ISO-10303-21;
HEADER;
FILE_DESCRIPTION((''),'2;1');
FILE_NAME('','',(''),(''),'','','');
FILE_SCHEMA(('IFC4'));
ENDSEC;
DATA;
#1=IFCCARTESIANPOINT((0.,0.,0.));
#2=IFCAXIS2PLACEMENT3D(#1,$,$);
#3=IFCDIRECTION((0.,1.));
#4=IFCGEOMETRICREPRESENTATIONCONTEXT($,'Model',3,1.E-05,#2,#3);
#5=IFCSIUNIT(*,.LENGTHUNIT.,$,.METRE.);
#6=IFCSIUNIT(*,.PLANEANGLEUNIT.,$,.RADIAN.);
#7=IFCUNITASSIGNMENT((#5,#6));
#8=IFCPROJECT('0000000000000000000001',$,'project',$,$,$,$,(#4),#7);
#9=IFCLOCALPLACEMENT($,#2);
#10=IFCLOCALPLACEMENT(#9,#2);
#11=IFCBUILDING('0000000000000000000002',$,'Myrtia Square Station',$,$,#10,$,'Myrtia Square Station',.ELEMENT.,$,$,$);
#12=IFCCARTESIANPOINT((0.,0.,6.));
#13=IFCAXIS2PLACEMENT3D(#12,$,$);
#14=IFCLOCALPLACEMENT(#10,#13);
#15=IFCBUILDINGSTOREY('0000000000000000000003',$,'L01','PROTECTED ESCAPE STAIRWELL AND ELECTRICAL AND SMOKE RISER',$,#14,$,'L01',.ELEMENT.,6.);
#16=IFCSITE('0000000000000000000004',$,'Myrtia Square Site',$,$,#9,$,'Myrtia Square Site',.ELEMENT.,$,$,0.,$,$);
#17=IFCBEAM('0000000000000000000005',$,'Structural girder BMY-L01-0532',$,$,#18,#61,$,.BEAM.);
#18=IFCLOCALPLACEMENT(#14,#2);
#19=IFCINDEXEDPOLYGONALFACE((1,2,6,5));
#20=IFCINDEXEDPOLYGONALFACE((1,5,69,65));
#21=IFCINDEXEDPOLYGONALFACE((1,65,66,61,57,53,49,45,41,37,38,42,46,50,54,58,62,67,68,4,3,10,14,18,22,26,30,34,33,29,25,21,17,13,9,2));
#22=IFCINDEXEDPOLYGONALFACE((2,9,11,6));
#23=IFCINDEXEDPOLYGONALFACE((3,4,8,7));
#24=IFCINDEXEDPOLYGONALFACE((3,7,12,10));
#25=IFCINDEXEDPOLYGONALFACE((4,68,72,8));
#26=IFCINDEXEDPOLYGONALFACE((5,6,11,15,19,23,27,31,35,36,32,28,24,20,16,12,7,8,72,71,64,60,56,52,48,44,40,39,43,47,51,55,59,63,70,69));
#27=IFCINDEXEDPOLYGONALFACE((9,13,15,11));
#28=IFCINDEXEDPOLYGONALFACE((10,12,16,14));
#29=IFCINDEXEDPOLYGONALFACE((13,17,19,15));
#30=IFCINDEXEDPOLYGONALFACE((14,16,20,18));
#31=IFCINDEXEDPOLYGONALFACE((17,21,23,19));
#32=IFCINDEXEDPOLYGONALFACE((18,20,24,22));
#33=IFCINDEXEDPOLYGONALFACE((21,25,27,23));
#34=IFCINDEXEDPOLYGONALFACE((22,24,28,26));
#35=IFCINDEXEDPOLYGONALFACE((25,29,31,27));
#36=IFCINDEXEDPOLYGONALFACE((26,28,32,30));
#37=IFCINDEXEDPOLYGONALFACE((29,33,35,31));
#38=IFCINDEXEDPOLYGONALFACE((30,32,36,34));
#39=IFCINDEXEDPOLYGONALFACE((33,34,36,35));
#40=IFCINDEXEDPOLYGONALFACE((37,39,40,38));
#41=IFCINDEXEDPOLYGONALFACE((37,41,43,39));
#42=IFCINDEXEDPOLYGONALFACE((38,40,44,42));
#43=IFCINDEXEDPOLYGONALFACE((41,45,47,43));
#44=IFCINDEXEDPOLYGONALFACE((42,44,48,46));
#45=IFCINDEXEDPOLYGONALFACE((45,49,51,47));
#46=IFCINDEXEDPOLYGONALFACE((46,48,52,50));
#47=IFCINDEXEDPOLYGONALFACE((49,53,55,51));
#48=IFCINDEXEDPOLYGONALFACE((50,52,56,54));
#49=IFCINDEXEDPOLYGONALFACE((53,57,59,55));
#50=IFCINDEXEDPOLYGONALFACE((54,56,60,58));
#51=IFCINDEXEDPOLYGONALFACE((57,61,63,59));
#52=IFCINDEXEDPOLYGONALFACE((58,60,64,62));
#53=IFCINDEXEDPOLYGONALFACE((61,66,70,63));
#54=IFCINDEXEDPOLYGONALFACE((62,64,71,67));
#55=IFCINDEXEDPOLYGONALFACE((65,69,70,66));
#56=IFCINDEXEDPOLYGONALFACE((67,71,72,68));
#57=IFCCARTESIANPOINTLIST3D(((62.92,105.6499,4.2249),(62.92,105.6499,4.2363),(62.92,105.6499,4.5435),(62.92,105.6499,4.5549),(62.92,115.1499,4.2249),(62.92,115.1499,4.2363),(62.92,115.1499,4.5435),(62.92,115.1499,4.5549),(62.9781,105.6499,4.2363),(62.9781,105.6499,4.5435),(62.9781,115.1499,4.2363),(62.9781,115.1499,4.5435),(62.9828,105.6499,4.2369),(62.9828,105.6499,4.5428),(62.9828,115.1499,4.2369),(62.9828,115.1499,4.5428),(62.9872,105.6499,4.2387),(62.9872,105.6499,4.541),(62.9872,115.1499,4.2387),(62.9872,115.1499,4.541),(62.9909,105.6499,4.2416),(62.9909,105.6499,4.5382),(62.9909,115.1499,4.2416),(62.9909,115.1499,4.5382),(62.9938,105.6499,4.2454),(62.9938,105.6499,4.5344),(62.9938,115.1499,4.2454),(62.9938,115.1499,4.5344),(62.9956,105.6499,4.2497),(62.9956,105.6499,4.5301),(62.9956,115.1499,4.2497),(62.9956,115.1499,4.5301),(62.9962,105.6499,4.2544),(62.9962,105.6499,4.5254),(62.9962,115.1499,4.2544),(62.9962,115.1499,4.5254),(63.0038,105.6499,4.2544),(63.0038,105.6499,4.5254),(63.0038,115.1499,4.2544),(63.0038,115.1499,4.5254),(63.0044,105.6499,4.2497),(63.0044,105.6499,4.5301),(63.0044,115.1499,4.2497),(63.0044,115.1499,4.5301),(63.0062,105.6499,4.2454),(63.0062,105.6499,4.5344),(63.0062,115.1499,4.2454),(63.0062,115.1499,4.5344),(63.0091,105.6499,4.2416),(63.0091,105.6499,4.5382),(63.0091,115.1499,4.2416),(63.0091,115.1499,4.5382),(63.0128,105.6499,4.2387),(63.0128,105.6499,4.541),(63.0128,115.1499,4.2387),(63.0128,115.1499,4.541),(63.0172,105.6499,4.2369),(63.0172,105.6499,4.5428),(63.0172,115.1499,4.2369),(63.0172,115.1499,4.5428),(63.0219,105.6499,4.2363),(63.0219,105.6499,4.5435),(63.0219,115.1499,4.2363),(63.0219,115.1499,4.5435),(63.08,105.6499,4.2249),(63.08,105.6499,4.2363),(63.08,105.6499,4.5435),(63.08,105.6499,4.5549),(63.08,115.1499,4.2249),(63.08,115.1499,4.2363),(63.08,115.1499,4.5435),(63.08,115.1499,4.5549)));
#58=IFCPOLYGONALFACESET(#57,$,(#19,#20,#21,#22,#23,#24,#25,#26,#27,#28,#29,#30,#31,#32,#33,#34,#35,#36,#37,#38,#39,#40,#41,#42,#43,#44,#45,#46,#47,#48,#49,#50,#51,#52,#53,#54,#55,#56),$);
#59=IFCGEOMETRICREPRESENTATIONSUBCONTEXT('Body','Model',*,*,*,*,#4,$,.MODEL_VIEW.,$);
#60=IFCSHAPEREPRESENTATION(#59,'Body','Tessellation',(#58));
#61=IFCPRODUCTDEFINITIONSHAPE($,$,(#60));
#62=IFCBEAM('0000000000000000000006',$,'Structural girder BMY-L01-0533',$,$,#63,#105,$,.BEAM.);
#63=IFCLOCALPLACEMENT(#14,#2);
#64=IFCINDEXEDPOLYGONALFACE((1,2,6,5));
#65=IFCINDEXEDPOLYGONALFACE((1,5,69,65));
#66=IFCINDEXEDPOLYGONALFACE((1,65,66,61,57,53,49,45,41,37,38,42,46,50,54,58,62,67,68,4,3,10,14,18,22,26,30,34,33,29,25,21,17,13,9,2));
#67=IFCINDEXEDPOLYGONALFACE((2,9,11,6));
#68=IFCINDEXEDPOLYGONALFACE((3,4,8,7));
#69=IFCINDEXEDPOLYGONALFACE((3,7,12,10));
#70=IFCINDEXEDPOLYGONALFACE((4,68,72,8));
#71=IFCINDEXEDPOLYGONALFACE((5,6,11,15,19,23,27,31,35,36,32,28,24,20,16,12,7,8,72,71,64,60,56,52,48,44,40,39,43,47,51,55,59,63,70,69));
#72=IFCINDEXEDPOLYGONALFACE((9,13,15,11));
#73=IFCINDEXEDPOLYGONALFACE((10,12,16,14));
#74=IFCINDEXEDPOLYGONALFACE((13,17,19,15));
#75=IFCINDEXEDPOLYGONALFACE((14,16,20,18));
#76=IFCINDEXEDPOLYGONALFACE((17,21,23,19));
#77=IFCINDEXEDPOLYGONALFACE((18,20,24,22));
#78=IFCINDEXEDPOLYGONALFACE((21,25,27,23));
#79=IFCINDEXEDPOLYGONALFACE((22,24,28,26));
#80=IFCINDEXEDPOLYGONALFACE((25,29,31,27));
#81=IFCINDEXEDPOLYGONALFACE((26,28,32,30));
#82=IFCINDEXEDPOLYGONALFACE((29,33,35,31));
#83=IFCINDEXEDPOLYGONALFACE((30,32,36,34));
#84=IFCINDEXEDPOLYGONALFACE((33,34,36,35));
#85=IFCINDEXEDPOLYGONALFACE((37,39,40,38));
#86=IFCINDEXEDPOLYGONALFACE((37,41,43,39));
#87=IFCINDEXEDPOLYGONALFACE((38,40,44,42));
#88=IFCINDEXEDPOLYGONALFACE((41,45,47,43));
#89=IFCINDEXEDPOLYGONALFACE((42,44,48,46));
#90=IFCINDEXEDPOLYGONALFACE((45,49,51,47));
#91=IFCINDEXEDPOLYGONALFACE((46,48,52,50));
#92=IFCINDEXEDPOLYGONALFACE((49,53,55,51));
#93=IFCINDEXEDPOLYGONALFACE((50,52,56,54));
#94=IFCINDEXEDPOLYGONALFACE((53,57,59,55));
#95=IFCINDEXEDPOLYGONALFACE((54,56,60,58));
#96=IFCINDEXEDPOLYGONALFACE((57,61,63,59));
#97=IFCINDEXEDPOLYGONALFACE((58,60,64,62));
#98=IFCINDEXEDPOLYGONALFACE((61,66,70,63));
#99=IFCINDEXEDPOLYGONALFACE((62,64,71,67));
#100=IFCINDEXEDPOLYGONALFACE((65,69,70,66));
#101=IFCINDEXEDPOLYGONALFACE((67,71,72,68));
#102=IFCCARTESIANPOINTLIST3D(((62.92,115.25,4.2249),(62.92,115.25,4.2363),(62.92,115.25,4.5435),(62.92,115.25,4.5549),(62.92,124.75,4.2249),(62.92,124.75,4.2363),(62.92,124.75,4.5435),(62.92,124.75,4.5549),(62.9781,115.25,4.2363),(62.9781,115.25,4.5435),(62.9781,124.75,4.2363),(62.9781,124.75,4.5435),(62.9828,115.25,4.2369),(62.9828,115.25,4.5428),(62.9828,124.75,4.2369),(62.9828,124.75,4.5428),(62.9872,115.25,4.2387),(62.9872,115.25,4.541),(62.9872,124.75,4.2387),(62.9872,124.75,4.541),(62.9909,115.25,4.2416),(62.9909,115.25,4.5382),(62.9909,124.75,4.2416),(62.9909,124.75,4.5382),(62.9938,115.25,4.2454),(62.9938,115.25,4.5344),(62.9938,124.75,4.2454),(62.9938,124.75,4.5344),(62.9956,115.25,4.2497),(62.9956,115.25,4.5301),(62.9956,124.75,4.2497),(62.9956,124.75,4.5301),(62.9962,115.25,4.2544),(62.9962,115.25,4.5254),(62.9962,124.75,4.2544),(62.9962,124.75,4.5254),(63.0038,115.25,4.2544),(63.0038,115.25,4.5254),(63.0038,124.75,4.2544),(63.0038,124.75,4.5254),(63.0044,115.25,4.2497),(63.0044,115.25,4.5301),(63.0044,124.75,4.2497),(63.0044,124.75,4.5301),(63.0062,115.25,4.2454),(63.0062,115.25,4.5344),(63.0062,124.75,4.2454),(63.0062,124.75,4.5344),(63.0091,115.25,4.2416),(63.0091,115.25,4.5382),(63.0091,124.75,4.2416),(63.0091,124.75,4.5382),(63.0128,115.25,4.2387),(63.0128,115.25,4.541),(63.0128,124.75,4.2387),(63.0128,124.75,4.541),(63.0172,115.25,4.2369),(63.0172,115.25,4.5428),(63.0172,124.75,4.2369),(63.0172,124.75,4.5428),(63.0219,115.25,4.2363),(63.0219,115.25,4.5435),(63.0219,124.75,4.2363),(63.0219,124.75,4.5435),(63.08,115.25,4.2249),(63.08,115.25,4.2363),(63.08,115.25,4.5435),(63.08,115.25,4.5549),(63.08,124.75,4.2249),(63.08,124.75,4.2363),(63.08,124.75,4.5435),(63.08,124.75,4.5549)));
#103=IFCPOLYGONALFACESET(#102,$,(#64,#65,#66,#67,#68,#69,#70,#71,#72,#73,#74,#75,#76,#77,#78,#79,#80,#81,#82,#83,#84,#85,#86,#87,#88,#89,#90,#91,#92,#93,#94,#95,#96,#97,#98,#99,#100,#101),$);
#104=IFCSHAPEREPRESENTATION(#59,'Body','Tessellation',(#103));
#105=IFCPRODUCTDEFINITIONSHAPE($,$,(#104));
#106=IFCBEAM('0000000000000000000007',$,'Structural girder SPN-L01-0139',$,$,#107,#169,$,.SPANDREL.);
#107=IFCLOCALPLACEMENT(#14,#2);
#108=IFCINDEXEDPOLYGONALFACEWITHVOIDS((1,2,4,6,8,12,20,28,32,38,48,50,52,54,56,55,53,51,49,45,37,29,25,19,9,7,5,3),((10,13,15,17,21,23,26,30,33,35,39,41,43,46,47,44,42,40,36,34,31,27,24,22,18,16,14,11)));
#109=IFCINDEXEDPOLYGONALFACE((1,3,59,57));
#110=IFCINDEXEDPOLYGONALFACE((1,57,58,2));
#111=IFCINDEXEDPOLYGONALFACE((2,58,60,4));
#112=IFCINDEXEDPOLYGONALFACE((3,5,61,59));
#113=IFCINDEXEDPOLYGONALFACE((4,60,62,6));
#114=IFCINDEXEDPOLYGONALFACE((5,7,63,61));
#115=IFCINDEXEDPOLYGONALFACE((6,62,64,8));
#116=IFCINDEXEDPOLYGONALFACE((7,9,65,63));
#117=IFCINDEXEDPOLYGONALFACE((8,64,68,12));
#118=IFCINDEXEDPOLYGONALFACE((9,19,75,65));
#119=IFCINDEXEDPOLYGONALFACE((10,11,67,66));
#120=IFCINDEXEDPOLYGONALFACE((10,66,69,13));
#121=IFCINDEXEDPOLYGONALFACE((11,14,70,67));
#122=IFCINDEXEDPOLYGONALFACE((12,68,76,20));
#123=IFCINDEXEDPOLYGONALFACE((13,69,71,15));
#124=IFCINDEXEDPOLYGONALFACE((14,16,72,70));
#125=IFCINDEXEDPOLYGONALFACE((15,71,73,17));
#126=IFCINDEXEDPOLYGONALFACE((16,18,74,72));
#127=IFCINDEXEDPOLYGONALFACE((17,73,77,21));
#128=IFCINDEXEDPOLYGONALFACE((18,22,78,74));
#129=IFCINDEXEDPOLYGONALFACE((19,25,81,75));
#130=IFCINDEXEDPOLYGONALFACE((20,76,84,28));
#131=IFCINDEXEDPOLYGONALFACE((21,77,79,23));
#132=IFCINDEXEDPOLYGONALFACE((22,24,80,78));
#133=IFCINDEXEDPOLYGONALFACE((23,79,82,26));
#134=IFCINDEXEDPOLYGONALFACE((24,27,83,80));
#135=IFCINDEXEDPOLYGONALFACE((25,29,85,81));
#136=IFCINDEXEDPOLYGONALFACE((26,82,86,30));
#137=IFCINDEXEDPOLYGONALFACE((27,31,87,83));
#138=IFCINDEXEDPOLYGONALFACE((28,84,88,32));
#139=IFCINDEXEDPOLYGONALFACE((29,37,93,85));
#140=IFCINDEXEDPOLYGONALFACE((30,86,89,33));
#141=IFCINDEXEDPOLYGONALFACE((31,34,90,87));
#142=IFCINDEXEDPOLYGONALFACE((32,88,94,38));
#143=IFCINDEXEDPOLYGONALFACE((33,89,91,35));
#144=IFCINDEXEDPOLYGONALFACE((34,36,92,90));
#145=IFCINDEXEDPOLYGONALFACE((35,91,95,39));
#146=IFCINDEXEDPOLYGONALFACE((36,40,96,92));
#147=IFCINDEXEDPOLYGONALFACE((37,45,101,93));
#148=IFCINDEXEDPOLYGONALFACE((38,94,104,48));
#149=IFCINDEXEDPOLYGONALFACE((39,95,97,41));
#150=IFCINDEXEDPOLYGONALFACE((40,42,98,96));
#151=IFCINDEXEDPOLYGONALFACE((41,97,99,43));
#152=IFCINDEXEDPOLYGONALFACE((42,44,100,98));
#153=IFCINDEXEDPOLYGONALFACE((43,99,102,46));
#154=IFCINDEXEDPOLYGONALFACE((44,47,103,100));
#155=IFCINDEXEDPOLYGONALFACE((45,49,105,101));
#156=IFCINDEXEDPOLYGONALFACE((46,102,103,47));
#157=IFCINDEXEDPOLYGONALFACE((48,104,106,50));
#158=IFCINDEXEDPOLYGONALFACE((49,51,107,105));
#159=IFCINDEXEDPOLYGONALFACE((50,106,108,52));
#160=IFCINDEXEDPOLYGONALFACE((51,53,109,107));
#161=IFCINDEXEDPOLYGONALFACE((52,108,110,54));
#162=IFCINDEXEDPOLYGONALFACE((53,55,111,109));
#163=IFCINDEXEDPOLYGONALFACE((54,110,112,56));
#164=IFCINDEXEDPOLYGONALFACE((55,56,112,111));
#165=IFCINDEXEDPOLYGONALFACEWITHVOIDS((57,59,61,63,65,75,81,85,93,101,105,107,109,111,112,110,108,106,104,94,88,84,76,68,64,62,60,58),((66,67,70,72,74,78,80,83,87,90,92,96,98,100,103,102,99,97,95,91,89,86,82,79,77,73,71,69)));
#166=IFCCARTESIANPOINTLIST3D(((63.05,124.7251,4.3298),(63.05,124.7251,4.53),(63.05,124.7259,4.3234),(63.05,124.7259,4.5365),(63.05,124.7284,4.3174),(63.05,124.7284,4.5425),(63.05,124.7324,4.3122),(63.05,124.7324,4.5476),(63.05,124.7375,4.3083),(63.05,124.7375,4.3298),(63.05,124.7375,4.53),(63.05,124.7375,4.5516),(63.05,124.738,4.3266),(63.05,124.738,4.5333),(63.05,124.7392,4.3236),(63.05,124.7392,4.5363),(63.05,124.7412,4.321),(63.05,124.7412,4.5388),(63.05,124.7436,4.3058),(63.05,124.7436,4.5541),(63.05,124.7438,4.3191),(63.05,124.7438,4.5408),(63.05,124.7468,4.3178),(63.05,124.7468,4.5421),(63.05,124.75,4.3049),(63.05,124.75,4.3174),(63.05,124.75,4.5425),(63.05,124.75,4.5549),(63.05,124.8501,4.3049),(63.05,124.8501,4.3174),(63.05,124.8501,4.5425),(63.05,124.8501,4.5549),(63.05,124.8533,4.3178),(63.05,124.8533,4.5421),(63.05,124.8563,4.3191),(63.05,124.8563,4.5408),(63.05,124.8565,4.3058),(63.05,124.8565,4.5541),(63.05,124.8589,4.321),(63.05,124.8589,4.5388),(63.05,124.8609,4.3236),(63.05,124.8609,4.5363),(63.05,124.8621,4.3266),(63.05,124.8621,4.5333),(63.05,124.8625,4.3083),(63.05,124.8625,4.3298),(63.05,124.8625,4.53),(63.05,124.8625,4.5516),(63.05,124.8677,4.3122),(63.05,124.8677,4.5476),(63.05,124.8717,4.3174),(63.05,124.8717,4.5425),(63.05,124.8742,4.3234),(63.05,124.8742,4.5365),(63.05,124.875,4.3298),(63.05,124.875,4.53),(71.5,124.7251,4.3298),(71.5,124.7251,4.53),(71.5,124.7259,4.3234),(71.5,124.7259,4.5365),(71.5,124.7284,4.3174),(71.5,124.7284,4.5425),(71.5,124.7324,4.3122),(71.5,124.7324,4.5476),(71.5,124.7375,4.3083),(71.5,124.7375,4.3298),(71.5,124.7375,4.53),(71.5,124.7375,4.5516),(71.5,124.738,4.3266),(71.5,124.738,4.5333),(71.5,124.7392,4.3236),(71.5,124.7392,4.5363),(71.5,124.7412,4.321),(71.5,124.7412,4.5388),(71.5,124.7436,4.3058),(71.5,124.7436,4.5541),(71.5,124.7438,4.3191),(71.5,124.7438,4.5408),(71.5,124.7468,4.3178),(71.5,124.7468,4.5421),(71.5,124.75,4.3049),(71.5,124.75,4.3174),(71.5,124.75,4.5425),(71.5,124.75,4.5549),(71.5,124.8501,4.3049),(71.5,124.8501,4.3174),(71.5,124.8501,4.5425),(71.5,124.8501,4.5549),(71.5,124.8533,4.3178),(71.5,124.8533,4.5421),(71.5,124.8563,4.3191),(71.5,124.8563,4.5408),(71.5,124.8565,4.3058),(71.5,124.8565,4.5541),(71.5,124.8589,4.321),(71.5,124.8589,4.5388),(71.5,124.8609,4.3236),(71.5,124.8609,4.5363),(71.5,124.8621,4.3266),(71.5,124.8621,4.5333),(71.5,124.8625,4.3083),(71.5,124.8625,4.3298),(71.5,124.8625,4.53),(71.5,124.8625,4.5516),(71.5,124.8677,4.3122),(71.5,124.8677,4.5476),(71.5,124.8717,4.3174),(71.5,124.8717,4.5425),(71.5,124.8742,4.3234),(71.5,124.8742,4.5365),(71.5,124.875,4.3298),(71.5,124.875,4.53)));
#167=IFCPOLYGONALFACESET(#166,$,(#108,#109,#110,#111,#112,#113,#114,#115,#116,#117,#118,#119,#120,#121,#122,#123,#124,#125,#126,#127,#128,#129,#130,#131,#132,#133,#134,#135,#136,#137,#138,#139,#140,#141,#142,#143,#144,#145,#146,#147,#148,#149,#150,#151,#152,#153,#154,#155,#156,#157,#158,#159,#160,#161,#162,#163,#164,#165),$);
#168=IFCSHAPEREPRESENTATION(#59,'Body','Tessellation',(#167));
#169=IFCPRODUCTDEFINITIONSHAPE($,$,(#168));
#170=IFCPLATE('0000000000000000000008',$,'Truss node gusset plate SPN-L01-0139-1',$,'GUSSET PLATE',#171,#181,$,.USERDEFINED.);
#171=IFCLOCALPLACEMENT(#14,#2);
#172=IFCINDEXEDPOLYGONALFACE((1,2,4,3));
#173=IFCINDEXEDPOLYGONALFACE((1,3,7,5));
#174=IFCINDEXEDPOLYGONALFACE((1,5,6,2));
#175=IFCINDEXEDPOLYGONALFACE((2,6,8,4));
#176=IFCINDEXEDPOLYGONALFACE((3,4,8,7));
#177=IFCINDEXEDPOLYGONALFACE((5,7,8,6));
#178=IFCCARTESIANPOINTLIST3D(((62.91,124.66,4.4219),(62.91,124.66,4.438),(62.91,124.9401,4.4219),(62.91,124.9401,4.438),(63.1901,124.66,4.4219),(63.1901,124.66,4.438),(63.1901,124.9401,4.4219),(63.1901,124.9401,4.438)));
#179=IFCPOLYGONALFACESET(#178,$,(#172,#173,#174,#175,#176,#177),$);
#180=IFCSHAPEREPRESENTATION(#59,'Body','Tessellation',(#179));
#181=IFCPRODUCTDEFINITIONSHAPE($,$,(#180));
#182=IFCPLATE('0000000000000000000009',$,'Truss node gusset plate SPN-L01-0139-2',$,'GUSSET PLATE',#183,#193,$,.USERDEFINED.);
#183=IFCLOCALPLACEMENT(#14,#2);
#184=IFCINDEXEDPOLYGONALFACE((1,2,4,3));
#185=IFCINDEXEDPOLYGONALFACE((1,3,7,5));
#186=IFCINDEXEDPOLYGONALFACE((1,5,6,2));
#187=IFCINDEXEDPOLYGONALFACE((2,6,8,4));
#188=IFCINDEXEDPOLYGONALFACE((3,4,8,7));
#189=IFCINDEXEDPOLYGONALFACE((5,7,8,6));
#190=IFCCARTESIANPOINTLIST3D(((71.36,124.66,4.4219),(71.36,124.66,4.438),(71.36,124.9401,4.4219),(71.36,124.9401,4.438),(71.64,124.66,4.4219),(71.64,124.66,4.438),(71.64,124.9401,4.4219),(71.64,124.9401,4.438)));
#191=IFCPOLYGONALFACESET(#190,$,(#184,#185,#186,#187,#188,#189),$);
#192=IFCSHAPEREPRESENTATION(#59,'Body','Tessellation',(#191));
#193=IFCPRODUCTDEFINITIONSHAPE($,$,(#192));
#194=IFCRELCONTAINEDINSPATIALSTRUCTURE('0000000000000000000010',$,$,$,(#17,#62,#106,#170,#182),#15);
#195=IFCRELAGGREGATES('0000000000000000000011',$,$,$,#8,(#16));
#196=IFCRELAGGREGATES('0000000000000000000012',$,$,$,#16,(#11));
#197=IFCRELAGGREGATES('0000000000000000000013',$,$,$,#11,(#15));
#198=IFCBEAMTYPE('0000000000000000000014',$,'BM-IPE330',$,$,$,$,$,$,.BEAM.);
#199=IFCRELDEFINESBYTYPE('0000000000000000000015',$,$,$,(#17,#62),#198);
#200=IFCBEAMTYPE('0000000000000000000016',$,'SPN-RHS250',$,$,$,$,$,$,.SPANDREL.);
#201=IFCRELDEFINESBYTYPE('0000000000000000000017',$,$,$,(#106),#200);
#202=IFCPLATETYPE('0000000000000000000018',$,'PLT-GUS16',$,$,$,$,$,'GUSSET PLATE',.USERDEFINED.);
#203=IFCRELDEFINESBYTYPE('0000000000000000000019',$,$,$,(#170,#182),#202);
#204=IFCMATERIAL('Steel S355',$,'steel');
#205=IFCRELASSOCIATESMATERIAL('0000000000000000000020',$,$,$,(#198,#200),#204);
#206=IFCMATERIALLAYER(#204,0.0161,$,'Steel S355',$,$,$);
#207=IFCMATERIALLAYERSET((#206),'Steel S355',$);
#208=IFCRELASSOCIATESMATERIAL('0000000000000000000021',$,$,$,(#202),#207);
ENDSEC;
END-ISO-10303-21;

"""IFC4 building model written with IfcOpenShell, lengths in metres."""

from ifc_helpers import new_model, si_unit, direction, frame, origin, origin_2d, place, context, subcontext, project, spatial, rectangle, hollow_rectangle, i_section, extrude, material, layer, layer_set, material_profile, profile_set, type_object, element, save


model = new_model("IFC4")

# Units and contexts
model_context = context("Model", 3, precision=1e-05, world=origin(), true_north=direction((0.0, 1.0)))
body_context = subcontext(model_context, "Body", "Model", "MODEL_VIEW")
ifc_project = project(units=[si_unit("LENGTHUNIT", "METRE"), si_unit("PLANEANGLEUNIT", "RADIAN")], contexts=[model_context])

# Site, building, storey
site_placement = place(None, origin())
site = spatial("IfcSite", under=ifc_project, at=site_placement, Name="Myrtia Square Site", LongName="Myrtia Square Site", CompositionType="ELEMENT", RefElevation=0.0)
building_placement = place(site_placement, origin())
building = spatial("IfcBuilding", under=site, at=building_placement, Name="Myrtia Square Station", LongName="Myrtia Square Station", CompositionType="ELEMENT")
storey_placement = place(building_placement, frame((0.0, 0.0, 6.0)))
storey = spatial("IfcBuildingStorey", under=building, at=storey_placement, Name="L01", Description="PROTECTED ESCAPE STAIRWELL AND ELECTRICAL AND SMOKE RISER", LongName="L01", CompositionType="ELEMENT", Elevation=6.0)

# Shared definitions
ifc_material_1 = material(Name="Steel S355", Category="steel")

# Beams
ifc_material_profile_1 = material_profile(ifc_material_1, i_section(OverallWidth=0.1599, OverallDepth=0.3301, WebThickness=0.0076, FlangeThickness=0.0115, FilletRadius=0.0181, at=origin_2d()), Name="IPE 330")
ifc_profile_set_1 = profile_set([ifc_material_profile_1], Name="Steel S355")
beam_type_1 = type_object("IfcBeamType", Name="BM-IPE330", PredefinedType="BEAM", material=ifc_profile_set_1)
for number, where, z_axis, x_axis, name in (
    (1, (63.0, 105.6499, 4.3899), (0.0, 1.0, 0.0), (-1.0, 0.0, 0.0), "Structural girder BMY-L01-0532"),
    (2, (63.0, 115.25, 4.3899), (0.0, 1.0, 0.0), (-1.0, 0.0, 0.0), "Structural girder BMY-L01-0533"),
):
    element("IfcBeam", number, at=place(storey_placement, frame(where, z_axis=z_axis, x_axis=x_axis)), inside=storey, type_object=beam_type_1, Name=name, PredefinedType="BEAM", context=body_context, shape_type="SweptSolid", body=[
        extrude(i_section(OverallWidth=0.1599, OverallDepth=0.3301, WebThickness=0.0076, FlangeThickness=0.0115, FilletRadius=0.0181, at=origin_2d()), origin(), (0.0, 0.0, 1.0), 9.5),
    ])
ifc_material_profile_2 = material_profile(ifc_material_1, hollow_rectangle(XDim=0.1499, YDim=0.25, WallThickness=0.0125, InnerFilletRadius=0.0125, OuterFilletRadius=0.0249, at=origin_2d()), Name="RHS 250x150x12.5")
ifc_profile_set_2 = profile_set([ifc_material_profile_2], Name="Steel S355")
beam_type_2 = type_object("IfcBeamType", Name="SPN-RHS250", PredefinedType="SPANDREL", material=ifc_profile_set_2)
beam_1_placement = place(storey_placement, frame((63.05, 124.8, 4.4299), z_axis=(1.0, 0.0, 0.0), x_axis=(0.0, 1.0, 0.0)))
element("IfcBeam", 3, at=beam_1_placement, inside=storey, type_object=beam_type_2, Name="Structural girder SPN-L01-0139", PredefinedType="SPANDREL", context=body_context, shape_type="SweptSolid", body=[
    extrude(hollow_rectangle(XDim=0.1499, YDim=0.25, WallThickness=0.0125, InnerFilletRadius=0.0125, OuterFilletRadius=0.0249, at=origin_2d()), origin(), (0.0, 0.0, 1.0), 8.45),
])

# Plates
ifc_layer_1 = layer(ifc_material_1, 0.0161, Name="Steel S355")
ifc_layer_set_1 = layer_set([ifc_layer_1], Name="Steel S355")
plate_type_1 = type_object("IfcPlateType", Name="PLT-GUS16", ElementType="GUSSET PLATE", PredefinedType="USERDEFINED", material=ifc_layer_set_1)
for number, where, z_axis, x_axis, name in (
    (4, (63.05, 124.8, 4.4219), (0.0, 0.0, 1.0), (1.0, 0.0, 0.0), "Truss node gusset plate SPN-L01-0139-1"),
    (5, (71.5, 124.8, 4.4219), (0.0, 0.0, 1.0), (1.0, 0.0, 0.0), "Truss node gusset plate SPN-L01-0139-2"),
):
    element("IfcPlate", number, at=place(storey_placement, frame(where, z_axis=z_axis, x_axis=x_axis)), inside=storey, type_object=plate_type_1, Name=name, ObjectType="GUSSET PLATE", PredefinedType="USERDEFINED", context=body_context, shape_type="SweptSolid", body=[
        extrude(rectangle(XDim=0.28, YDim=0.28, at=origin_2d()), origin(), (0.0, 0.0, 1.0), 0.0161),
    ])

save(model, "model.ifc")
